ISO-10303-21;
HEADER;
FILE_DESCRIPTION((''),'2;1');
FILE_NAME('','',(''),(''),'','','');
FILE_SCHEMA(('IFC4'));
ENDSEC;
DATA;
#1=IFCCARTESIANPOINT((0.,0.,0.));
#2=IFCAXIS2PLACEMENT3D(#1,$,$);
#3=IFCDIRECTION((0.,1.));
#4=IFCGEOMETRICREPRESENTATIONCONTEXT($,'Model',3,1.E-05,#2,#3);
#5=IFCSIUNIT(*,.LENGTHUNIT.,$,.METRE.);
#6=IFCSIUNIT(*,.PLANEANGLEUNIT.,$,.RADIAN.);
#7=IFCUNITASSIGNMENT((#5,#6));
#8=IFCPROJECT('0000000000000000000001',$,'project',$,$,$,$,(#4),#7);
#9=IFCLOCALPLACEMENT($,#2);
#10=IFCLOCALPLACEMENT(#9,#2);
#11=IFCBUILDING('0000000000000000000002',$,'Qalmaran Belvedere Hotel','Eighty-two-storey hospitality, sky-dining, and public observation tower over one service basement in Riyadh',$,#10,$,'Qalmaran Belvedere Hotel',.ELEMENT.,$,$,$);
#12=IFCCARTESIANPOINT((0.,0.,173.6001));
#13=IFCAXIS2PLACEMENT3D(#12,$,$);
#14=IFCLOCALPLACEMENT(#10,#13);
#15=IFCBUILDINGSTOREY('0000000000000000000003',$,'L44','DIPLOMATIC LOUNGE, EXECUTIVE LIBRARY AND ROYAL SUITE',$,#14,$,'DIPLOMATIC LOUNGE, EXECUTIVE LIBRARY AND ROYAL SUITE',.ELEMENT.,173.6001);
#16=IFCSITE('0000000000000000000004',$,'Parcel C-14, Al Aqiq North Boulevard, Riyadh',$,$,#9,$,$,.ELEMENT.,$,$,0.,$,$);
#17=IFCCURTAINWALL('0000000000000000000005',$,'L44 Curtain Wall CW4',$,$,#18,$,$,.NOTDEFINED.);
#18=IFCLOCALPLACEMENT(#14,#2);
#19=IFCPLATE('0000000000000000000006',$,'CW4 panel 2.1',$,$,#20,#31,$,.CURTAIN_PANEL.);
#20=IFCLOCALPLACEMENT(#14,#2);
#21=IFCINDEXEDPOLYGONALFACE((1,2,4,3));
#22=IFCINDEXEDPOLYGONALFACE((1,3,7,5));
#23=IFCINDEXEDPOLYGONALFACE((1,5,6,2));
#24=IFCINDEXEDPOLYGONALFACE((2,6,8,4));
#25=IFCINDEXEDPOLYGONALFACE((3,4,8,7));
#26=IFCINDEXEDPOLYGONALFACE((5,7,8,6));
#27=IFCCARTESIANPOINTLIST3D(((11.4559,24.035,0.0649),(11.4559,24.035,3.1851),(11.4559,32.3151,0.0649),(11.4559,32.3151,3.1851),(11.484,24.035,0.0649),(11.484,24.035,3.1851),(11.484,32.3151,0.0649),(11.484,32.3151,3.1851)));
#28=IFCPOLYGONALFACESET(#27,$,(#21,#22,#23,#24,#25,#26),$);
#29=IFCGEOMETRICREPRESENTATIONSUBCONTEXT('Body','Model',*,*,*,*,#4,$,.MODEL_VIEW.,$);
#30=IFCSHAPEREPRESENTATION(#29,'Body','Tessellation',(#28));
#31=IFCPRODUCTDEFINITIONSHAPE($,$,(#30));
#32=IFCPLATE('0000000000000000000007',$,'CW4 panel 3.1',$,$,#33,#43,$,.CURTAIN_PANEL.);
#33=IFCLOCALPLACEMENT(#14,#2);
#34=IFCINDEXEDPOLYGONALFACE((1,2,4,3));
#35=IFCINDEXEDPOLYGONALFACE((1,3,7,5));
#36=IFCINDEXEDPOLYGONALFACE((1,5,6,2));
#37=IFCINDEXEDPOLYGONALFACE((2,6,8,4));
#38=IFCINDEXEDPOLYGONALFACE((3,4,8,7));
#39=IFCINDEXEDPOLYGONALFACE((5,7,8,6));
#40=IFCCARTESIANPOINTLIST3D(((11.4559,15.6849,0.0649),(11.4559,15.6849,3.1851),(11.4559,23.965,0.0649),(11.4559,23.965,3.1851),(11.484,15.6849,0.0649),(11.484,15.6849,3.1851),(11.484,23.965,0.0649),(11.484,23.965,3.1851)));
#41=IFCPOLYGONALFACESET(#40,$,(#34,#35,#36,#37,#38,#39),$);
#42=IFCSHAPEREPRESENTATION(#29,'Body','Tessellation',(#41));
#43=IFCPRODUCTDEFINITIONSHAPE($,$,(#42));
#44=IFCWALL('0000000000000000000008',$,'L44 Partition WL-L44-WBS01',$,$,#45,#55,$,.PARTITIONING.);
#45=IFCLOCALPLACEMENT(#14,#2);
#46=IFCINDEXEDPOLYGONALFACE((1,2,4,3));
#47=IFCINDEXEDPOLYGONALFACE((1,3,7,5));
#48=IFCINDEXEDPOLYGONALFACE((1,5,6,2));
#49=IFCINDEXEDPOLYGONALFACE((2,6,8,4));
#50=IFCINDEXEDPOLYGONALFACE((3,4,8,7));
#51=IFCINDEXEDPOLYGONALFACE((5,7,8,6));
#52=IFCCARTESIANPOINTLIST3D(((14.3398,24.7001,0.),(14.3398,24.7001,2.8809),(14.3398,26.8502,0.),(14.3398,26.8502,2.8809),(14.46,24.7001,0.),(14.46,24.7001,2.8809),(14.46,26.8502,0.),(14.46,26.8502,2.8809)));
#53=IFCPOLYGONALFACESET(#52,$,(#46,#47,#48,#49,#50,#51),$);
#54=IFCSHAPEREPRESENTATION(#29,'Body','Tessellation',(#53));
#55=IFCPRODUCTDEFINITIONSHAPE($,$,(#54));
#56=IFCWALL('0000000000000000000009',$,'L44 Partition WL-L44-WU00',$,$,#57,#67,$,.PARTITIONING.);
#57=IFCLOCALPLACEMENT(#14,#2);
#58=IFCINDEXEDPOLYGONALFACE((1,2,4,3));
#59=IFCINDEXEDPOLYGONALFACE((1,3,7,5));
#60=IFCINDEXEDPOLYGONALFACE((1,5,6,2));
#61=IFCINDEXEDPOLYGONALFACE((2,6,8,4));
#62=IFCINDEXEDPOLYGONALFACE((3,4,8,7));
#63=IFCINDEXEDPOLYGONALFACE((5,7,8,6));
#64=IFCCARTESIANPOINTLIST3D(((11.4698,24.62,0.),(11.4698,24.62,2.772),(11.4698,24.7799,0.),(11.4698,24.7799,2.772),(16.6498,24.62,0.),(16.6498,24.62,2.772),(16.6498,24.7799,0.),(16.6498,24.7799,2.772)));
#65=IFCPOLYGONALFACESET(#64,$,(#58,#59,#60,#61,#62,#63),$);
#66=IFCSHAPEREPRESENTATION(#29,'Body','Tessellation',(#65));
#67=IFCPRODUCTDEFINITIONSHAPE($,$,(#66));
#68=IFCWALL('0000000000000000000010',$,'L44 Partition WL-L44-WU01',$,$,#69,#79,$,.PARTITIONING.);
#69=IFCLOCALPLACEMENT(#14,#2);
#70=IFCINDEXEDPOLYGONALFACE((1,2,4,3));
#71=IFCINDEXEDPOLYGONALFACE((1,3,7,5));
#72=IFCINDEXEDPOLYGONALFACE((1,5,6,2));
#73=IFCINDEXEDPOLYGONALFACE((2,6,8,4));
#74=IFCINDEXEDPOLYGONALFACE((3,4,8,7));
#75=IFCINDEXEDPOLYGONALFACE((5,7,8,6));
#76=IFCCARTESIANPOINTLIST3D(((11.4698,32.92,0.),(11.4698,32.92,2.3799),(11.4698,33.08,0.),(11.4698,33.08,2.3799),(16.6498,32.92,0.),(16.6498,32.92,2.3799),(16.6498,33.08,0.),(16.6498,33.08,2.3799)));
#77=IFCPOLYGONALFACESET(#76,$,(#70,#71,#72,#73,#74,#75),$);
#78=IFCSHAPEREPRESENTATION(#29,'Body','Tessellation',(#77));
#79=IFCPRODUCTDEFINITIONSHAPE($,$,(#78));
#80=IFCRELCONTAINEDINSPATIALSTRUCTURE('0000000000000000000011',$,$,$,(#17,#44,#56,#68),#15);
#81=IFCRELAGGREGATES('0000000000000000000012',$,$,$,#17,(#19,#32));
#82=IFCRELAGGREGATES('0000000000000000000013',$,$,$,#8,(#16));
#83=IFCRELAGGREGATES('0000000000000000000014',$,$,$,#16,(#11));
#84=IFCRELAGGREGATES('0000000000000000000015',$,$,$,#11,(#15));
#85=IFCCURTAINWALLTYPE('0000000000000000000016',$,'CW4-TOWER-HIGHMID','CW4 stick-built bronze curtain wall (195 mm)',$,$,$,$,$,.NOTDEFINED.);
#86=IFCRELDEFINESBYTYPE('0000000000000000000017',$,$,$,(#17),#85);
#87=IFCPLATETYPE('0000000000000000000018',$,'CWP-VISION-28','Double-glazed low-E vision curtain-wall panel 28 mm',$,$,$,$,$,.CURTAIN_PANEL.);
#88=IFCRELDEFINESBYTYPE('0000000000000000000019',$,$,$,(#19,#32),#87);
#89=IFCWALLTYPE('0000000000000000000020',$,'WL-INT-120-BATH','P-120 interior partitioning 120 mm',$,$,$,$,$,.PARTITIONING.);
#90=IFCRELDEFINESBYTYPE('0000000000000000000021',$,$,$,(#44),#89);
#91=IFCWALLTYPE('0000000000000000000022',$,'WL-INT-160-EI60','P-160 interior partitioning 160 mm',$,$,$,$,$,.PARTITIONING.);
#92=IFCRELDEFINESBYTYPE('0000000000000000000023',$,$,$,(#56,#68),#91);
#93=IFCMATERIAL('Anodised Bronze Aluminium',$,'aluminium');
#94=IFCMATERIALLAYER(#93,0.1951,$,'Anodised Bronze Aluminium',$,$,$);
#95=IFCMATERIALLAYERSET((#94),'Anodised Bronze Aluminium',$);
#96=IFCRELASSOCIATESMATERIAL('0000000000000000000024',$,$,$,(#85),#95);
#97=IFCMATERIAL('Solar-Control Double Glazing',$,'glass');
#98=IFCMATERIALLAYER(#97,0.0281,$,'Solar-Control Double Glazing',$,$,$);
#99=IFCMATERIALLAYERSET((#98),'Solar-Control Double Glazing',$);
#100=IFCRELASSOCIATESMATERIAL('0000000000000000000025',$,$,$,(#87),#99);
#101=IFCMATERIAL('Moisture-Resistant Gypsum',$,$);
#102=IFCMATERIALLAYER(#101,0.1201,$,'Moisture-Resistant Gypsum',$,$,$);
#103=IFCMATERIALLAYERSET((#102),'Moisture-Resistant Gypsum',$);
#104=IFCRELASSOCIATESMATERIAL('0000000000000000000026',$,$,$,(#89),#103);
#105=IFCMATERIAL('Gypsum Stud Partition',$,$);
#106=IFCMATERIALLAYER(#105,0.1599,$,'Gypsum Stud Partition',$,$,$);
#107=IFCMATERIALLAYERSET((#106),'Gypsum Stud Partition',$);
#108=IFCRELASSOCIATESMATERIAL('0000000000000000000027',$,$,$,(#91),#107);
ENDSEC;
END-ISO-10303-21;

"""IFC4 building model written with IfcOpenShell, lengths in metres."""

from ifc_helpers import new_model, si_unit, direction, frame, frame_2d, origin, origin_2d, place, context, subcontext, project, spatial, rectangle, extrude, material, layer, layer_set, type_object, element, aggregate, save


model = new_model("IFC4")

# Units and contexts
model_context = context("Model", 3, precision=1e-05, world=origin(), true_north=direction((0.0, 1.0)))
body_context = subcontext(model_context, "Body", "Model", "MODEL_VIEW")
ifc_project = project(units=[si_unit("LENGTHUNIT", "METRE"), si_unit("PLANEANGLEUNIT", "RADIAN")], contexts=[model_context])

# Site, building, storey
site_placement = place(None, origin())
site = spatial("IfcSite", under=ifc_project, at=site_placement, Name="Parcel C-14, Al Aqiq North Boulevard, Riyadh", CompositionType="ELEMENT", RefElevation=0.0)
building_placement = place(site_placement, origin())
building = spatial("IfcBuilding", under=site, at=building_placement, Name="Qalmaran Belvedere Hotel", Description="Eighty-two-storey hospitality, sky-dining, and public observation tower over one service basement in Riyadh", LongName="Qalmaran Belvedere Hotel", CompositionType="ELEMENT")
storey_placement = place(building_placement, frame((0.0, 0.0, 173.6001)))
storey = spatial("IfcBuildingStorey", under=building, at=storey_placement, Name="L44", Description="DIPLOMATIC LOUNGE, EXECUTIVE LIBRARY AND ROYAL SUITE", LongName="DIPLOMATIC LOUNGE, EXECUTIVE LIBRARY AND ROYAL SUITE", CompositionType="ELEMENT", Elevation=173.6001)

# Curtain wall, plates
ifc_material_1 = material(Name="Anodised Bronze Aluminium", Category="aluminium")
ifc_layer_1 = layer(ifc_material_1, 0.1951, Name="Anodised Bronze Aluminium")
ifc_layer_set_1 = layer_set([ifc_layer_1], Name="Anodised Bronze Aluminium")
curtain_wall_type = type_object("IfcCurtainWallType", Name="CW4-TOWER-HIGHMID", Description="CW4 stick-built bronze curtain wall (195 mm)", PredefinedType="NOTDEFINED", material=ifc_layer_set_1)
curtain_wall_placement = place(storey_placement, origin())
curtain_wall = element("IfcCurtainWall", 1, at=curtain_wall_placement, inside=storey, type_object=curtain_wall_type, Name="L44 Curtain Wall CW4", PredefinedType="NOTDEFINED")
ifc_material_2 = material(Name="Solar-Control Double Glazing", Category="glass")
ifc_layer_2 = layer(ifc_material_2, 0.0281, Name="Solar-Control Double Glazing")
ifc_layer_set_2 = layer_set([ifc_layer_2], Name="Solar-Control Double Glazing")
plate_type = type_object("IfcPlateType", Name="CWP-VISION-28", Description="Double-glazed low-E vision curtain-wall panel 28 mm", PredefinedType="CURTAIN_PANEL", material=ifc_layer_set_2)
plate_1_placement = place(storey_placement, frame((11.47, 28.175, 0.0649), z_axis=(0.0, 0.0, 1.0), x_axis=(0.0, -1.0, 0.0)))
plate_1 = element("IfcPlate", 2, at=plate_1_placement, type_object=plate_type, Name="CW4 panel 2.1", PredefinedType="CURTAIN_PANEL", context=body_context, shape_type="SweptSolid", body=[
    extrude(rectangle(XDim=8.28, YDim=0.0281, at=origin_2d()), origin(), (0.0, 0.0, 1.0), 3.1201),
])
plate_2_placement = place(storey_placement, frame((11.47, 19.825, 0.0649), z_axis=(0.0, 0.0, 1.0), x_axis=(0.0, -1.0, 0.0)))
plate_2 = element("IfcPlate", 3, at=plate_2_placement, type_object=plate_type, Name="CW4 panel 3.1", PredefinedType="CURTAIN_PANEL", context=body_context, shape_type="SweptSolid", body=[
    extrude(rectangle(XDim=8.28, YDim=0.0281, at=origin_2d()), origin(), (0.0, 0.0, 1.0), 3.1201),
])
aggregate(curtain_wall, [plate_1, plate_2])

# Walls
ifc_material_3 = material(Name="Moisture-Resistant Gypsum")
ifc_layer_3 = layer(ifc_material_3, 0.1201, Name="Moisture-Resistant Gypsum")
ifc_layer_set_3 = layer_set([ifc_layer_3], Name="Moisture-Resistant Gypsum")
wall_type_1 = type_object("IfcWallType", Name="WL-INT-120-BATH", Description="P-120 interior partitioning 120 mm", PredefinedType="PARTITIONING", material=ifc_layer_set_3)
wall_1_placement = place(storey_placement, frame((14.3999, 24.7, 0.0), z_axis=(0.0, 0.0, 1.0), x_axis=(0.0, 1.0, 0.0)))
element("IfcWall", 4, at=wall_1_placement, inside=storey, type_object=wall_type_1, Name="L44 Partition WL-L44-WBS01", PredefinedType="PARTITIONING", context=body_context, shape_type="SweptSolid", body=[
    extrude(rectangle(XDim=2.1501, YDim=0.1201, at=frame_2d((1.0752, 0.0))), origin(), (0.0, 0.0, 1.0), 2.8809),
])
ifc_material_4 = material(Name="Gypsum Stud Partition")
ifc_layer_4 = layer(ifc_material_4, 0.1599, Name="Gypsum Stud Partition")
ifc_layer_set_4 = layer_set([ifc_layer_4], Name="Gypsum Stud Partition")
wall_type_2 = type_object("IfcWallType", Name="WL-INT-160-EI60", Description="P-160 interior partitioning 160 mm", PredefinedType="PARTITIONING", material=ifc_layer_set_4)
wall_2_placement = place(storey_placement, frame((11.47, 24.7, 0.0), z_axis=(0.0, 0.0, 1.0), x_axis=(1.0, 0.0, 0.0)))
element("IfcWall", 5, at=wall_2_placement, inside=storey, type_object=wall_type_2, Name="L44 Partition WL-L44-WU00", PredefinedType="PARTITIONING", context=body_context, shape_type="SweptSolid", body=[
    extrude(rectangle(XDim=5.1799, YDim=0.1599, at=frame_2d((2.5898, 0.0))), origin(), (0.0, 0.0, 1.0), 2.772),
])
wall_3_placement = place(storey_placement, frame((11.47, 33.0, 0.0), z_axis=(0.0, 0.0, 1.0), x_axis=(1.0, 0.0, 0.0)))
element("IfcWall", 6, at=wall_3_placement, inside=storey, type_object=wall_type_2, Name="L44 Partition WL-L44-WU01", PredefinedType="PARTITIONING", context=body_context, shape_type="SweptSolid", body=[
    extrude(rectangle(XDim=5.1799, YDim=0.1599, at=frame_2d((2.5898, 0.0))), origin(), (0.0, 0.0, 1.0), 2.3799),
])

save(model, "model.ifc")
